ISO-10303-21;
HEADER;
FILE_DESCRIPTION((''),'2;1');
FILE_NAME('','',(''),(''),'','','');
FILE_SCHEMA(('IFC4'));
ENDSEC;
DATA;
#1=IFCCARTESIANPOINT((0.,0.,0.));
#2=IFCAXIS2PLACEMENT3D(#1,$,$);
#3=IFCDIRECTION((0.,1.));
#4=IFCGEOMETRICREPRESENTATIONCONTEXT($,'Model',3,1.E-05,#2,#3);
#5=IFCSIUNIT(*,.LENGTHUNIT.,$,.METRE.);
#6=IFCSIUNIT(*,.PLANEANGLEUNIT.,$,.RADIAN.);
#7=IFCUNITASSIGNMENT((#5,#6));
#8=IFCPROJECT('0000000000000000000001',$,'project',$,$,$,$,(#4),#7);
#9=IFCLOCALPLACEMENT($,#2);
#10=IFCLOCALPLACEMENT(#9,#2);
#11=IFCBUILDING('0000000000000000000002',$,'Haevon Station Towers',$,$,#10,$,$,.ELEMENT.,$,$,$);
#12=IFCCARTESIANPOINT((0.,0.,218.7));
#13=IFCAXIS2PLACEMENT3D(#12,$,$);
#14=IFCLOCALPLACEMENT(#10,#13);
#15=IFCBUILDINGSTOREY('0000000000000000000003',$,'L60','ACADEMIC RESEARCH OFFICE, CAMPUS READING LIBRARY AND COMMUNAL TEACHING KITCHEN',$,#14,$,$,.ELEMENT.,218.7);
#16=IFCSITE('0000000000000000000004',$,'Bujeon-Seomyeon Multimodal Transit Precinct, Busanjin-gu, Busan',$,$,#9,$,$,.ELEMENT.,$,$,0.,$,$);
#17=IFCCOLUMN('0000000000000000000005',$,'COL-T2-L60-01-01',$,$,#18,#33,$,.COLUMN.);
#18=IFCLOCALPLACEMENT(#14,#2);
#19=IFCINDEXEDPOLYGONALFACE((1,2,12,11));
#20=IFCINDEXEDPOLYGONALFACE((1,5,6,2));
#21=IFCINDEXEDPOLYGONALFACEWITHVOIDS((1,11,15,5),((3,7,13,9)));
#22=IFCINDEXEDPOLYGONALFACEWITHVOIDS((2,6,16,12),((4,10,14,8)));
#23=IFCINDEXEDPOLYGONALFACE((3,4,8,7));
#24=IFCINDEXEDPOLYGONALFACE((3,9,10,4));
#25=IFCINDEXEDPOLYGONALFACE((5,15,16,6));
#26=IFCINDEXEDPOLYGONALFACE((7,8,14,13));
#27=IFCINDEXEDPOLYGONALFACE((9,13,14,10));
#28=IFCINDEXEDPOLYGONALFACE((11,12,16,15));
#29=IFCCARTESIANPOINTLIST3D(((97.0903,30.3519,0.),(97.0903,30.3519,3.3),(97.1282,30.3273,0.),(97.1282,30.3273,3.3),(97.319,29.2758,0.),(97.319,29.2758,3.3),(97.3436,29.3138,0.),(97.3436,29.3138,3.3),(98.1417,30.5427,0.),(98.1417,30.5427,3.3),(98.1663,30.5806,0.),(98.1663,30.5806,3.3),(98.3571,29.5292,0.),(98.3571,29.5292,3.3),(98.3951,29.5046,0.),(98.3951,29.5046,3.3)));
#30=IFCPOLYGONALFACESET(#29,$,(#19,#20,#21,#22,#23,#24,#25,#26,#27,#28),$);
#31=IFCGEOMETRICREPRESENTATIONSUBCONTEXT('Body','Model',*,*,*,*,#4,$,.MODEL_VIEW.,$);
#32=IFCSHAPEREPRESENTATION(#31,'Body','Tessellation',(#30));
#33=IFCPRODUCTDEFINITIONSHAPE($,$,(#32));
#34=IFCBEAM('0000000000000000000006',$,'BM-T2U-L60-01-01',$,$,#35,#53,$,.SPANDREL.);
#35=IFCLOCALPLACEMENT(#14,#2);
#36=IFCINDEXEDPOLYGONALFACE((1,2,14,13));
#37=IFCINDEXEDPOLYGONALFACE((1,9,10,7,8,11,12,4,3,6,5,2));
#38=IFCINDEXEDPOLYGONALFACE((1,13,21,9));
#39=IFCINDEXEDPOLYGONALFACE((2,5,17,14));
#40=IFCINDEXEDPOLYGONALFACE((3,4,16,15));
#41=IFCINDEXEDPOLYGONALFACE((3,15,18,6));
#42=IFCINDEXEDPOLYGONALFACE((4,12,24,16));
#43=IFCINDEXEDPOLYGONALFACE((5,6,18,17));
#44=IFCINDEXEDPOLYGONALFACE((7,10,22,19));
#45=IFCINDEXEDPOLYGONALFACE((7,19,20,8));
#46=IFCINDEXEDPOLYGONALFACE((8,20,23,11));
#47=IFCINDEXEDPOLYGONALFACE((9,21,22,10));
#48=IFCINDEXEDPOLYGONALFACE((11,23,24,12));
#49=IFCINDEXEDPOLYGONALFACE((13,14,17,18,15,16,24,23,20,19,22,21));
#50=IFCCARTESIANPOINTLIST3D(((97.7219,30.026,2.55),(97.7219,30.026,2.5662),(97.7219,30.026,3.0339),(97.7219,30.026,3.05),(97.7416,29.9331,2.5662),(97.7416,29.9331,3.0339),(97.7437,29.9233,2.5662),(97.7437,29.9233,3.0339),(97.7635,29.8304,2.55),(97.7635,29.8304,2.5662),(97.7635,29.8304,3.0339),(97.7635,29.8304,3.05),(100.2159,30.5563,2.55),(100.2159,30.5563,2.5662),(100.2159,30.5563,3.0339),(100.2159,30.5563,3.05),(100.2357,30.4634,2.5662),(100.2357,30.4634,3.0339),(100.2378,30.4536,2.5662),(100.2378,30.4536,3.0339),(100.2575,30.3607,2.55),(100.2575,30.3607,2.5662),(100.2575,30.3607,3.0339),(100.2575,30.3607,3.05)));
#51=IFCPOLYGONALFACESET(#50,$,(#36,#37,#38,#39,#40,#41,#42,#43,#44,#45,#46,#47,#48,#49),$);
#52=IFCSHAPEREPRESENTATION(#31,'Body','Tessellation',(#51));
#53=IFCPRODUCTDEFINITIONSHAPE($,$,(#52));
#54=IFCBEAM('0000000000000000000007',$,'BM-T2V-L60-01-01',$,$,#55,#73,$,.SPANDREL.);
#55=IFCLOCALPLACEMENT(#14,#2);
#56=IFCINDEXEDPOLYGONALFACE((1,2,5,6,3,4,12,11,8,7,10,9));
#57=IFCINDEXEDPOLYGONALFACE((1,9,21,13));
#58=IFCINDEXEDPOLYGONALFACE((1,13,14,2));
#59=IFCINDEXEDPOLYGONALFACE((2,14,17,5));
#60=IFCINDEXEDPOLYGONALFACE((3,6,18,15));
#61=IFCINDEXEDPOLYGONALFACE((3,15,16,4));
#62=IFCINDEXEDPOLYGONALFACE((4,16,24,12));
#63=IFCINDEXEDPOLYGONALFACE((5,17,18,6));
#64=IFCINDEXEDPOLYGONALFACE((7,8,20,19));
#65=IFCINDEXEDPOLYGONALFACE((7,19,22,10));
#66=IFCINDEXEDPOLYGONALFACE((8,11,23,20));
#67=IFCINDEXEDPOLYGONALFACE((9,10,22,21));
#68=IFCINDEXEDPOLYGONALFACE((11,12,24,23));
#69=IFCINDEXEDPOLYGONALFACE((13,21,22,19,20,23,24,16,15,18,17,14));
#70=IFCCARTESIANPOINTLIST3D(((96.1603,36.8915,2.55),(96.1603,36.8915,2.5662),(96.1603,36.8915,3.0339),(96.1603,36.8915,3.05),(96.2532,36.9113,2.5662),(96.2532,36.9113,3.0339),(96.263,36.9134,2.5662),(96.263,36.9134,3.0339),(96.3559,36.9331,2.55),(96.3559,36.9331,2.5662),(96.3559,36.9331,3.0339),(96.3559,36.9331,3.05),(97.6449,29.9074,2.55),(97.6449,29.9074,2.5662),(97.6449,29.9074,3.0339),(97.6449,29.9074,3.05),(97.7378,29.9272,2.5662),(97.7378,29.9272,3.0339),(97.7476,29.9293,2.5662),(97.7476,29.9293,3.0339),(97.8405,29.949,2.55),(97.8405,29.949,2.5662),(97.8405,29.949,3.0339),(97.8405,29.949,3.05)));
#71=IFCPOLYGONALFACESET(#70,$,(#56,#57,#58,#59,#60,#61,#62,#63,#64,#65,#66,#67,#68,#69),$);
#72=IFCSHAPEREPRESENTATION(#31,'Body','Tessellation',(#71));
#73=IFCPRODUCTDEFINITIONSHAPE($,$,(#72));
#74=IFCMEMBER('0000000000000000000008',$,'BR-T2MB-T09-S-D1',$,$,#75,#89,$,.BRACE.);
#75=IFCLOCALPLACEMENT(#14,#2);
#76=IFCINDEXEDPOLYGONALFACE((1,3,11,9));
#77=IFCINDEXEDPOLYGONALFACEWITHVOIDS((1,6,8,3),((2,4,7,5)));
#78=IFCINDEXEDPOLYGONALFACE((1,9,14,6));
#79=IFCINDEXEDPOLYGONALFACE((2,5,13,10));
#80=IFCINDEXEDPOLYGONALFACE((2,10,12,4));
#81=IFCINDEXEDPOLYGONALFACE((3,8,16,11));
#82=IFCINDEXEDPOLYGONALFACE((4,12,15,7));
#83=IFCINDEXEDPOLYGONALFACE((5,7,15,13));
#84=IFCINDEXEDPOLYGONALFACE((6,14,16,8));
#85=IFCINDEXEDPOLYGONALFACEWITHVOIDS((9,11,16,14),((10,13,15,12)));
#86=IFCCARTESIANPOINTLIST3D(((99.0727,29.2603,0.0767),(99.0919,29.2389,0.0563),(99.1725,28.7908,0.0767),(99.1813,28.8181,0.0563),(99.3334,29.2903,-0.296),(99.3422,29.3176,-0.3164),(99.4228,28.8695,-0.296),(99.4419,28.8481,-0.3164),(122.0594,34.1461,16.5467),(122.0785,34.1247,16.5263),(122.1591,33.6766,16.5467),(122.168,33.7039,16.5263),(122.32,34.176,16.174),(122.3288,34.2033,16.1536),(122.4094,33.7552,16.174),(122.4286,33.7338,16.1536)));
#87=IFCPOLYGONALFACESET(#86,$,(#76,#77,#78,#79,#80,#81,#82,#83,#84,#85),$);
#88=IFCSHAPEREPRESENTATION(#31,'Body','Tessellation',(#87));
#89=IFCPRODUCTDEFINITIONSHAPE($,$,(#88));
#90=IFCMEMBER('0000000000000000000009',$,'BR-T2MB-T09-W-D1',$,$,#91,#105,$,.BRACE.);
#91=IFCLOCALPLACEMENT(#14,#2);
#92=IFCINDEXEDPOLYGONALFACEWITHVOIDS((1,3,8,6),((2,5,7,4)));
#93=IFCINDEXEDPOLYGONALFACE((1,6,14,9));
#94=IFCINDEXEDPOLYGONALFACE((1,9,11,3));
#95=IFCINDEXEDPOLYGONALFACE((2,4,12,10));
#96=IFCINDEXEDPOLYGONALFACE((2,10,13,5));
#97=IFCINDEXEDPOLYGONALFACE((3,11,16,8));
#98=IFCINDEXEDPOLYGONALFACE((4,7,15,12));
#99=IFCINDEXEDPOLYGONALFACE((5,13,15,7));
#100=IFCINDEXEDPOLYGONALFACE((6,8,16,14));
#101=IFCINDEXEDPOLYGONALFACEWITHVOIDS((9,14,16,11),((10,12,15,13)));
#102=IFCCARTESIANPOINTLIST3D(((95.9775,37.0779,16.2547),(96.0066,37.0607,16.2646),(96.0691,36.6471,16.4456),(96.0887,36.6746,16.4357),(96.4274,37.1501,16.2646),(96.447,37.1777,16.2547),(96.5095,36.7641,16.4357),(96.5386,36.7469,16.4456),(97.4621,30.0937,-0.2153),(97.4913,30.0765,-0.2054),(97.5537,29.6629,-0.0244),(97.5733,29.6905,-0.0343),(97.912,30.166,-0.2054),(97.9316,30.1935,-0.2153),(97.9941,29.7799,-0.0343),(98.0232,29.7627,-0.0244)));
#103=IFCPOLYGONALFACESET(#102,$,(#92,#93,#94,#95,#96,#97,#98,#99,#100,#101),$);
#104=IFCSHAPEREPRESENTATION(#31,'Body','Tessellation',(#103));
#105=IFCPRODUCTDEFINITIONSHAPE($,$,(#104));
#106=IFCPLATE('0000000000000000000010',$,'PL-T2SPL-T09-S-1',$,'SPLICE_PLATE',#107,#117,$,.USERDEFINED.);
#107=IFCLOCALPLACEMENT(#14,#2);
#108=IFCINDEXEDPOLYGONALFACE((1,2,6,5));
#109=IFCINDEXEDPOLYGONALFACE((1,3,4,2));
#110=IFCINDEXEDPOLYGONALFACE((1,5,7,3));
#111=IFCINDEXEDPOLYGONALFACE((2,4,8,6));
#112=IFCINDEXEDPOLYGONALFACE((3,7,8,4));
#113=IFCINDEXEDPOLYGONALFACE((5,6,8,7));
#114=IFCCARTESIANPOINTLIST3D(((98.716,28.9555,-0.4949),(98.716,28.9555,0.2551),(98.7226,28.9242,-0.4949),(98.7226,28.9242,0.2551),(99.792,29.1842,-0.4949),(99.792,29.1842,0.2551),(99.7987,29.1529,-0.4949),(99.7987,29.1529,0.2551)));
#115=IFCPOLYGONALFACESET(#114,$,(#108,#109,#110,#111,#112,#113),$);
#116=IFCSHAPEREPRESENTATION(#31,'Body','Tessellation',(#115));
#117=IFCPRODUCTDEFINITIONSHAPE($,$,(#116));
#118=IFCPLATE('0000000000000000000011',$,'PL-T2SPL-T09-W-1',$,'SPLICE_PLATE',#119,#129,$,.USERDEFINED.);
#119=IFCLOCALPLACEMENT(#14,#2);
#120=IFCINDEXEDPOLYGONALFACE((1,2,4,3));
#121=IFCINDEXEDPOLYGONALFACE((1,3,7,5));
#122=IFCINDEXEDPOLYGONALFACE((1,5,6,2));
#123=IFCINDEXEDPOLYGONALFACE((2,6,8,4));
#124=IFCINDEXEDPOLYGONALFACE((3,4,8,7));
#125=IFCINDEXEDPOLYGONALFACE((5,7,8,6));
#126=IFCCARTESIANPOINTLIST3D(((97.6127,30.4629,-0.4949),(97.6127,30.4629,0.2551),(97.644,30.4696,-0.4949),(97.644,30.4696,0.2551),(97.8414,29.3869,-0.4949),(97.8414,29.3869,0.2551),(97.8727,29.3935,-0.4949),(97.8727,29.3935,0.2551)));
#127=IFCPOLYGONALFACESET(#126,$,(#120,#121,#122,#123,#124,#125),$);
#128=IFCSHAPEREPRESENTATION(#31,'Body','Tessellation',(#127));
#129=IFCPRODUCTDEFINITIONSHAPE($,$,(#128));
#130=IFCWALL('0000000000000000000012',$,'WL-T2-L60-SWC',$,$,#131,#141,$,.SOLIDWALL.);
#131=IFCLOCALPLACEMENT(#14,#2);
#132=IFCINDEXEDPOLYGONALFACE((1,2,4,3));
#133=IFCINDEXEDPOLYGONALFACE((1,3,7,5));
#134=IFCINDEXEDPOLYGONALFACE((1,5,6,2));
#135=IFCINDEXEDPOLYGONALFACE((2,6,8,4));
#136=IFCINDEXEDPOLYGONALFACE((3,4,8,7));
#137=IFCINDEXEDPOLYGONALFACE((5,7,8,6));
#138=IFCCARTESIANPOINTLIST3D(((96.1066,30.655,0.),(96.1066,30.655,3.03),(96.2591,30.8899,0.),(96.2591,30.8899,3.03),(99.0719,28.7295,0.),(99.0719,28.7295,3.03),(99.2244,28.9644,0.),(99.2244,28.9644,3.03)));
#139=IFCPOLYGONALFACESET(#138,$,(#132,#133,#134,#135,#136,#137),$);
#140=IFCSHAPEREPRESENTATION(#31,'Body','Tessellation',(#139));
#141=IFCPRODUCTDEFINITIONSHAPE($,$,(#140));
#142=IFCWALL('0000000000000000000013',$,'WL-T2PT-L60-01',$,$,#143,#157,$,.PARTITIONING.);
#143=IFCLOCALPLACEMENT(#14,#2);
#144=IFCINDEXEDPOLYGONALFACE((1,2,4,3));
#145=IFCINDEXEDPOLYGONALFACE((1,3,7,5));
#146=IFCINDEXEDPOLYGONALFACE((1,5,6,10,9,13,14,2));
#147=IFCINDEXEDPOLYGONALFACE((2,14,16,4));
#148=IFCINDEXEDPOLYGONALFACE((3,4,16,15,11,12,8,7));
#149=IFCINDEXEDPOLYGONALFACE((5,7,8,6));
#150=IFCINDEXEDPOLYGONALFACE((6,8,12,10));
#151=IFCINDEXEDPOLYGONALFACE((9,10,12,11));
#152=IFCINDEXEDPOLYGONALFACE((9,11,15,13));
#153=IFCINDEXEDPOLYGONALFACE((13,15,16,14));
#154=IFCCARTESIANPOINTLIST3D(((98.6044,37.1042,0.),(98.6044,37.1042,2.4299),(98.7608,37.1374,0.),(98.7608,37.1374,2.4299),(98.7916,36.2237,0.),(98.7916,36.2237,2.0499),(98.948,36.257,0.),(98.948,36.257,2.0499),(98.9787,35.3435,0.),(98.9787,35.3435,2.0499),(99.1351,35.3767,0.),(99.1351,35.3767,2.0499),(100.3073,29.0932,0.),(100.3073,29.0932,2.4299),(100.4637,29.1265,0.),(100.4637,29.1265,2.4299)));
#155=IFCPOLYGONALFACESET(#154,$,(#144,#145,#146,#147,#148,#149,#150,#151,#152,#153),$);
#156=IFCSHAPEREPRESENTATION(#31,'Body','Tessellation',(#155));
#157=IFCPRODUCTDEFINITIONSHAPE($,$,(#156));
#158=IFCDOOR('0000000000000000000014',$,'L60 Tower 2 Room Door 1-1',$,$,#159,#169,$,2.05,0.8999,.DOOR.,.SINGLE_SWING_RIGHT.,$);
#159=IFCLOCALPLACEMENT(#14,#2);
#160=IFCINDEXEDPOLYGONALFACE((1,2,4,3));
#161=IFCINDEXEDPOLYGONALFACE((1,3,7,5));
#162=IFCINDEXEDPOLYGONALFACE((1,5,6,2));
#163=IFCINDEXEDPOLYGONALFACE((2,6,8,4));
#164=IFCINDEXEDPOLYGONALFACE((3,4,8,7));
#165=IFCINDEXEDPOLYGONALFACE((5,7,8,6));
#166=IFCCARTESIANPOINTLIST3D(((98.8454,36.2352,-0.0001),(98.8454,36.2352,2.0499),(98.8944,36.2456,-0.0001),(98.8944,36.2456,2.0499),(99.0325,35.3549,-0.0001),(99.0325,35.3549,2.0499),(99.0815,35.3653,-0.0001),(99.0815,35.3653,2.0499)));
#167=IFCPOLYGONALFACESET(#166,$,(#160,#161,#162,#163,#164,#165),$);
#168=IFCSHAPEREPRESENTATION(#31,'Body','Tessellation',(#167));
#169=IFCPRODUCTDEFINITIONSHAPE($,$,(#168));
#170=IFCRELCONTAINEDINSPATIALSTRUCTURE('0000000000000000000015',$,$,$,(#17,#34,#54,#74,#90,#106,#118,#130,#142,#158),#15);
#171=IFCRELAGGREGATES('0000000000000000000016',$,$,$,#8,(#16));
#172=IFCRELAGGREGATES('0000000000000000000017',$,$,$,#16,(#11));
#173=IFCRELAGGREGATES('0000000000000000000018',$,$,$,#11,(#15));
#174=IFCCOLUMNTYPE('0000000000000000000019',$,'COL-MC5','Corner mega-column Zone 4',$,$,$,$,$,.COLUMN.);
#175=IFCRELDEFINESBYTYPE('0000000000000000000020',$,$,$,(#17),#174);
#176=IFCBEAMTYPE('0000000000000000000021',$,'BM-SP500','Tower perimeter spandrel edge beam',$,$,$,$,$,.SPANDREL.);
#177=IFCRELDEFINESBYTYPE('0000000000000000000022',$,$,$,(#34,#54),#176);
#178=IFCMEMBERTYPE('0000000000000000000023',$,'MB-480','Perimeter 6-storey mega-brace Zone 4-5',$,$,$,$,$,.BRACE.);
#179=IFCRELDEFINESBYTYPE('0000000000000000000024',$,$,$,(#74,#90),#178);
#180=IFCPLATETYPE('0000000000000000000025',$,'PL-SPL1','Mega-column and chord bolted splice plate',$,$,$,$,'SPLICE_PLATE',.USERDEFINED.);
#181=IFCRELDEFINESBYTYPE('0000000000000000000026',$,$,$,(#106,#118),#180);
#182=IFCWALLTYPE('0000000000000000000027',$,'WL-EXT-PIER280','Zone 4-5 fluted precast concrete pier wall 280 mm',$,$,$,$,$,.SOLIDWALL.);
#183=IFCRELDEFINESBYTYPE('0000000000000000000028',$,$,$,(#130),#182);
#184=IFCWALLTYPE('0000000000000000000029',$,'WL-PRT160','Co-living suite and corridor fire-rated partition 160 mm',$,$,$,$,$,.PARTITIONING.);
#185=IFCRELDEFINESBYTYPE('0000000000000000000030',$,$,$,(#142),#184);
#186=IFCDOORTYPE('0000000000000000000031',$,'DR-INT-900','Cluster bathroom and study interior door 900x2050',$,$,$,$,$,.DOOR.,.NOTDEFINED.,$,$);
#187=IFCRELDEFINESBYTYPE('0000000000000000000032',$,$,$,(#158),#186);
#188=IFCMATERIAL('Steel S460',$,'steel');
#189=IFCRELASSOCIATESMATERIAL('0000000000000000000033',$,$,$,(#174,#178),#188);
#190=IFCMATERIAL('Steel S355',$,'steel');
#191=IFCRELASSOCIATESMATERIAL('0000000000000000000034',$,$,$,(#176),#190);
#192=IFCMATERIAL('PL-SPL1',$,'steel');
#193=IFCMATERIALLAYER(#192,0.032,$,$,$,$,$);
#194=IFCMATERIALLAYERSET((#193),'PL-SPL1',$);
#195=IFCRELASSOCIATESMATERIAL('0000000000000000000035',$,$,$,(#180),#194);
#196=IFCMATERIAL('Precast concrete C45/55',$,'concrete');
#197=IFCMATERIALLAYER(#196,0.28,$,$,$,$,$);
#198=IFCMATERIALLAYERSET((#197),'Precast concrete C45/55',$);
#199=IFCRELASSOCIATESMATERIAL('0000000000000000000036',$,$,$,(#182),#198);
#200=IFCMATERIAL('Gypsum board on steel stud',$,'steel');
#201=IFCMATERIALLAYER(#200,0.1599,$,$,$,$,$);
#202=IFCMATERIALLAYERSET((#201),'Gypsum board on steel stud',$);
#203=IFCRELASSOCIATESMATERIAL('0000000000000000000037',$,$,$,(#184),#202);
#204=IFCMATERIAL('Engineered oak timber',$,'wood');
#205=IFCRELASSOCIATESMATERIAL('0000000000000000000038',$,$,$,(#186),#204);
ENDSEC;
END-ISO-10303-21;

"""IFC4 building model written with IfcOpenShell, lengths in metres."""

from ifc_helpers import new_model, si_unit, direction, frame, frame_2d, origin, origin_2d, place, context, subcontext, project, spatial, rectangle, hollow_rectangle, i_section, extrude, material, layer, layer_set, material_profile, profile_set, type_object, element, fill, save


model = new_model("IFC4")

# Units and contexts
model_context = context("Model", 3, precision=1e-05, world=origin(), true_north=direction((0.0, 1.0)))
body_context = subcontext(model_context, "Body", "Model", "MODEL_VIEW")
ifc_project = project(units=[si_unit("LENGTHUNIT", "METRE"), si_unit("PLANEANGLEUNIT", "RADIAN")], contexts=[model_context])

# Site, building, storey
site_placement = place(None, origin())
site = spatial("IfcSite", under=ifc_project, at=site_placement, Name="Bujeon-Seomyeon Multimodal Transit Precinct, Busanjin-gu, Busan", CompositionType="ELEMENT", RefElevation=0.0)
building_placement = place(site_placement, origin())
building = spatial("IfcBuilding", under=site, at=building_placement, Name="Haevon Station Towers", CompositionType="ELEMENT")
storey_placement = place(building_placement, frame((0.0, 0.0, 218.7)))
storey = spatial("IfcBuildingStorey", under=building, at=storey_placement, Name="L60", Description="ACADEMIC RESEARCH OFFICE, CAMPUS READING LIBRARY AND COMMUNAL TEACHING KITCHEN", CompositionType="ELEMENT", Elevation=218.7)

# Column
ifc_material_1 = material(Name="Steel S460", Category="steel")
ifc_material_profile_1 = material_profile(ifc_material_1, hollow_rectangle(XDim=1.1001, YDim=1.1001, WallThickness=0.032, at=origin_2d()), Name="BOX-1100x1100x32")
ifc_profile_set_1 = profile_set([ifc_material_profile_1], Name="Steel S460")
column_type = type_object("IfcColumnType", Name="COL-MC5", Description="Corner mega-column Zone 4", PredefinedType="COLUMN", material=ifc_profile_set_1)
column_placement = place(storey_placement, frame((97.7427, 29.9282, 0.0), z_axis=(0.0, 0.0, 1.0), x_axis=(0.978148, 0.207912, 0.0)))
element("IfcColumn", 1, at=column_placement, inside=storey, type_object=column_type, Name="COL-T2-L60-01-01", PredefinedType="COLUMN", context=body_context, shape_type="SweptSolid", body=[
    extrude(hollow_rectangle(XDim=1.1001, YDim=1.1001, WallThickness=0.032, at=origin_2d()), origin(), (0.0, 0.0, 1.0), 3.3),
])

# Beams
ifc_material_2 = material(Name="Steel S355", Category="steel")
ifc_material_profile_2 = material_profile(ifc_material_2, i_section(OverallWidth=0.2, OverallDepth=0.5, WebThickness=0.01, FlangeThickness=0.0161, at=origin_2d()), Name="H-500x200x10x16")
ifc_profile_set_2 = profile_set([ifc_material_profile_2], Name="Steel S355")
beam_type = type_object("IfcBeamType", Name="BM-SP500", Description="Tower perimeter spandrel edge beam", PredefinedType="SPANDREL", material=ifc_profile_set_2)
beam_1_placement = place(storey_placement, frame((97.7427, 29.9282, 2.8), z_axis=(0.978137, 0.20796, 0.0), x_axis=(-0.20796, 0.978137, 0.0)))
element("IfcBeam", 2, at=beam_1_placement, inside=storey, type_object=beam_type, Name="BM-T2U-L60-01-01", PredefinedType="SPANDREL", context=body_context, shape_type="SweptSolid", body=[
    extrude(i_section(OverallWidth=0.2, OverallDepth=0.5, WebThickness=0.01, FlangeThickness=0.0161, at=origin_2d()), origin(), (0.0, 0.0, 1.0), 2.5498),
])
beam_2_placement = place(storey_placement, frame((97.7427, 29.9282, 2.8), z_axis=(-0.207925, 0.978145, 0.0), x_axis=(-0.978145, -0.207925, 0.0)))
element("IfcBeam", 3, at=beam_2_placement, inside=storey, type_object=beam_type, Name="BM-T2V-L60-01-01", PredefinedType="SPANDREL", context=body_context, shape_type="SweptSolid", body=[
    extrude(i_section(OverallWidth=0.2, OverallDepth=0.5, WebThickness=0.01, FlangeThickness=0.0161, at=origin_2d()), origin(), (0.0, 0.0, 1.0), 7.1401),
])

# Members
ifc_material_profile_3 = material_profile(ifc_material_1, hollow_rectangle(XDim=0.48, YDim=0.48, WallThickness=0.0249, at=origin_2d()), Name="RHS-480x480x25")
ifc_profile_set_3 = profile_set([ifc_material_profile_3], Name="Steel S460")
member_type = type_object("IfcMemberType", Name="MB-480", Description="Perimeter 6-storey mega-brace Zone 4-5", PredefinedType="BRACE", material=ifc_profile_set_3)
member_1_placement = place(storey_placement, frame((99.2573, 29.0542, -0.1199), z_axis=(0.801012, 0.170253, 0.573928), x_axis=(-0.207903, 0.978149, 0.0)))
element("IfcMember", 4, at=member_1_placement, inside=storey, type_object=member_type, Name="BR-T2MB-T09-S-D1", PredefinedType="BRACE", context=body_context, shape_type="SweptSolid", body=[
    extrude(hollow_rectangle(XDim=0.48, YDim=0.48, WallThickness=0.0249, at=origin_2d()), origin(), (0.0, 0.0, 1.0), 28.697),
])
member_2_placement = place(storey_placement, frame((97.7427, 29.9282, -0.1199), z_axis=(-0.082704, 0.389064, 0.917491), x_axis=(-0.978145, -0.207925, 0.0)))
element("IfcMember", 5, at=member_2_placement, inside=storey, type_object=member_type, Name="BR-T2MB-T09-W-D1", PredefinedType="BRACE", context=body_context, shape_type="SweptSolid", body=[
    extrude(hollow_rectangle(XDim=0.48, YDim=0.48, WallThickness=0.0249, at=origin_2d()), origin(), (0.0, 0.0, 1.0), 17.9512),
])

# Plates
ifc_material_3 = material(Name="PL-SPL1", Category="steel")
ifc_layer_1 = layer(ifc_material_3, 0.032)
ifc_layer_set_1 = layer_set([ifc_layer_1], Name="PL-SPL1")
plate_type = type_object("IfcPlateType", Name="PL-SPL1", Description="Mega-column and chord bolted splice plate", ElementType="SPLICE_PLATE", PredefinedType="USERDEFINED", material=ifc_layer_set_1)
for number, where, z_axis, x_axis, name in (
    (6, (99.2573, 29.0542, -0.4949), (0.0, 0.0, 1.0), (0.978148, 0.207912, 0.0), "PL-T2SPL-T09-S-1"),
    (7, (97.7427, 29.9282, -0.4949), (0.0, 0.0, 1.0), (-0.207912, 0.978148, 0.0), "PL-T2SPL-T09-W-1"),
):
    element("IfcPlate", number, at=place(storey_placement, frame(where, z_axis=z_axis, x_axis=x_axis)), inside=storey, type_object=plate_type, Name=name, ObjectType="SPLICE_PLATE", PredefinedType="USERDEFINED", context=body_context, shape_type="SweptSolid", body=[
        extrude(rectangle(XDim=1.1001, YDim=0.032, at=origin_2d()), origin(), (0.0, 0.0, 1.0), 0.75),
    ])

# Wall
ifc_material_4 = material(Name="Precast concrete C45/55", Category="concrete")
ifc_layer_2 = layer(ifc_material_4, 0.28)
ifc_layer_set_2 = layer_set([ifc_layer_2], Name="Precast concrete C45/55")
wall_type_1 = type_object("IfcWallType", Name="WL-EXT-PIER280", Description="Zone 4-5 fluted precast concrete pier wall 280 mm", PredefinedType="SOLIDWALL", material=ifc_layer_set_2)
wall_1_placement = place(storey_placement, frame((99.1482, 28.8469, 0.0), z_axis=(0.0, 0.0, 1.0), x_axis=(-0.838693, 0.544605, 0.0)))
element("IfcWall", 8, at=wall_1_placement, inside=storey, type_object=wall_type_1, Name="WL-T2-L60-SWC", PredefinedType="SOLIDWALL", context=body_context, shape_type="SweptSolid", body=[
    extrude(rectangle(XDim=3.5356, YDim=0.28, at=frame_2d((1.7678, 0.0))), origin(), (0.0, 0.0, 1.0), 3.03),
])

# Wall, opening, door
ifc_material_5 = material(Name="Gypsum board on steel stud", Category="steel")
ifc_layer_3 = layer(ifc_material_5, 0.1599)
ifc_layer_set_3 = layer_set([ifc_layer_3], Name="Gypsum board on steel stud")
wall_type_2 = type_object("IfcWallType", Name="WL-PRT160", Description="Co-living suite and corridor fire-rated partition 160 mm", PredefinedType="PARTITIONING", material=ifc_layer_set_3)
wall_2_placement = place(storey_placement, frame((100.3855, 29.1099, 0.0), z_axis=(0.0, 0.0, 1.0), x_axis=(-0.207923, 0.978145, 0.0)))
wall_2 = element("IfcWall", 9, at=wall_2_placement, inside=storey, type_object=wall_type_2, Name="WL-T2PT-L60-01", PredefinedType="PARTITIONING", context=body_context, shape_type="SweptSolid", body=[
    extrude(rectangle(XDim=8.1899, YDim=0.1599, at=frame_2d((4.095, 0.0))), origin(), (0.0, 0.0, 1.0), 2.4299),
])
opening_placement = place(wall_2_placement, frame((6.3899, 0.0, 0.0)))
opening = element("IfcOpeningElement", 10, at=opening_placement, cuts=wall_2, PredefinedType="OPENING", context=body_context, shape_type="SweptSolid", body=[
    extrude(rectangle(XDim=0.8999, YDim=2.05, at=frame_2d((0.45, 1.0249))), frame((0.0, 0.0898, 0.0), z_axis=(0.0, -1.0, 0.0), x_axis=(1.0, 0.0, 0.0)), (0.0, 0.0, 1.0), 0.1799),
])
ifc_material_6 = material(Name="Engineered oak timber", Category="wood")
door_type = type_object("IfcDoorType", Name="DR-INT-900", Description="Cluster bathroom and study interior door 900x2050", OperationType="NOTDEFINED", PredefinedType="DOOR", material=ifc_material_6)
door_placement = place(opening_placement, origin())
door = element("IfcDoor", 11, at=door_placement, inside=storey, type_object=door_type, Name="L60 Tower 2 Room Door 1-1", OperationType="SINGLE_SWING_RIGHT", OverallHeight=2.05, OverallWidth=0.8999, PredefinedType="DOOR", context=body_context, shape_type="SweptSolid", body=[
    extrude(rectangle(XDim=0.8999, YDim=2.05, at=frame_2d((0.45, 1.0249))), frame((0.0, 0.0249, 0.0), z_axis=(0.0, -1.0, 0.0), x_axis=(1.0, 0.0, 0.0)), (0.0, 0.0, 1.0), 0.05),
])
fill(opening, door)

save(model, "model.ifc")
